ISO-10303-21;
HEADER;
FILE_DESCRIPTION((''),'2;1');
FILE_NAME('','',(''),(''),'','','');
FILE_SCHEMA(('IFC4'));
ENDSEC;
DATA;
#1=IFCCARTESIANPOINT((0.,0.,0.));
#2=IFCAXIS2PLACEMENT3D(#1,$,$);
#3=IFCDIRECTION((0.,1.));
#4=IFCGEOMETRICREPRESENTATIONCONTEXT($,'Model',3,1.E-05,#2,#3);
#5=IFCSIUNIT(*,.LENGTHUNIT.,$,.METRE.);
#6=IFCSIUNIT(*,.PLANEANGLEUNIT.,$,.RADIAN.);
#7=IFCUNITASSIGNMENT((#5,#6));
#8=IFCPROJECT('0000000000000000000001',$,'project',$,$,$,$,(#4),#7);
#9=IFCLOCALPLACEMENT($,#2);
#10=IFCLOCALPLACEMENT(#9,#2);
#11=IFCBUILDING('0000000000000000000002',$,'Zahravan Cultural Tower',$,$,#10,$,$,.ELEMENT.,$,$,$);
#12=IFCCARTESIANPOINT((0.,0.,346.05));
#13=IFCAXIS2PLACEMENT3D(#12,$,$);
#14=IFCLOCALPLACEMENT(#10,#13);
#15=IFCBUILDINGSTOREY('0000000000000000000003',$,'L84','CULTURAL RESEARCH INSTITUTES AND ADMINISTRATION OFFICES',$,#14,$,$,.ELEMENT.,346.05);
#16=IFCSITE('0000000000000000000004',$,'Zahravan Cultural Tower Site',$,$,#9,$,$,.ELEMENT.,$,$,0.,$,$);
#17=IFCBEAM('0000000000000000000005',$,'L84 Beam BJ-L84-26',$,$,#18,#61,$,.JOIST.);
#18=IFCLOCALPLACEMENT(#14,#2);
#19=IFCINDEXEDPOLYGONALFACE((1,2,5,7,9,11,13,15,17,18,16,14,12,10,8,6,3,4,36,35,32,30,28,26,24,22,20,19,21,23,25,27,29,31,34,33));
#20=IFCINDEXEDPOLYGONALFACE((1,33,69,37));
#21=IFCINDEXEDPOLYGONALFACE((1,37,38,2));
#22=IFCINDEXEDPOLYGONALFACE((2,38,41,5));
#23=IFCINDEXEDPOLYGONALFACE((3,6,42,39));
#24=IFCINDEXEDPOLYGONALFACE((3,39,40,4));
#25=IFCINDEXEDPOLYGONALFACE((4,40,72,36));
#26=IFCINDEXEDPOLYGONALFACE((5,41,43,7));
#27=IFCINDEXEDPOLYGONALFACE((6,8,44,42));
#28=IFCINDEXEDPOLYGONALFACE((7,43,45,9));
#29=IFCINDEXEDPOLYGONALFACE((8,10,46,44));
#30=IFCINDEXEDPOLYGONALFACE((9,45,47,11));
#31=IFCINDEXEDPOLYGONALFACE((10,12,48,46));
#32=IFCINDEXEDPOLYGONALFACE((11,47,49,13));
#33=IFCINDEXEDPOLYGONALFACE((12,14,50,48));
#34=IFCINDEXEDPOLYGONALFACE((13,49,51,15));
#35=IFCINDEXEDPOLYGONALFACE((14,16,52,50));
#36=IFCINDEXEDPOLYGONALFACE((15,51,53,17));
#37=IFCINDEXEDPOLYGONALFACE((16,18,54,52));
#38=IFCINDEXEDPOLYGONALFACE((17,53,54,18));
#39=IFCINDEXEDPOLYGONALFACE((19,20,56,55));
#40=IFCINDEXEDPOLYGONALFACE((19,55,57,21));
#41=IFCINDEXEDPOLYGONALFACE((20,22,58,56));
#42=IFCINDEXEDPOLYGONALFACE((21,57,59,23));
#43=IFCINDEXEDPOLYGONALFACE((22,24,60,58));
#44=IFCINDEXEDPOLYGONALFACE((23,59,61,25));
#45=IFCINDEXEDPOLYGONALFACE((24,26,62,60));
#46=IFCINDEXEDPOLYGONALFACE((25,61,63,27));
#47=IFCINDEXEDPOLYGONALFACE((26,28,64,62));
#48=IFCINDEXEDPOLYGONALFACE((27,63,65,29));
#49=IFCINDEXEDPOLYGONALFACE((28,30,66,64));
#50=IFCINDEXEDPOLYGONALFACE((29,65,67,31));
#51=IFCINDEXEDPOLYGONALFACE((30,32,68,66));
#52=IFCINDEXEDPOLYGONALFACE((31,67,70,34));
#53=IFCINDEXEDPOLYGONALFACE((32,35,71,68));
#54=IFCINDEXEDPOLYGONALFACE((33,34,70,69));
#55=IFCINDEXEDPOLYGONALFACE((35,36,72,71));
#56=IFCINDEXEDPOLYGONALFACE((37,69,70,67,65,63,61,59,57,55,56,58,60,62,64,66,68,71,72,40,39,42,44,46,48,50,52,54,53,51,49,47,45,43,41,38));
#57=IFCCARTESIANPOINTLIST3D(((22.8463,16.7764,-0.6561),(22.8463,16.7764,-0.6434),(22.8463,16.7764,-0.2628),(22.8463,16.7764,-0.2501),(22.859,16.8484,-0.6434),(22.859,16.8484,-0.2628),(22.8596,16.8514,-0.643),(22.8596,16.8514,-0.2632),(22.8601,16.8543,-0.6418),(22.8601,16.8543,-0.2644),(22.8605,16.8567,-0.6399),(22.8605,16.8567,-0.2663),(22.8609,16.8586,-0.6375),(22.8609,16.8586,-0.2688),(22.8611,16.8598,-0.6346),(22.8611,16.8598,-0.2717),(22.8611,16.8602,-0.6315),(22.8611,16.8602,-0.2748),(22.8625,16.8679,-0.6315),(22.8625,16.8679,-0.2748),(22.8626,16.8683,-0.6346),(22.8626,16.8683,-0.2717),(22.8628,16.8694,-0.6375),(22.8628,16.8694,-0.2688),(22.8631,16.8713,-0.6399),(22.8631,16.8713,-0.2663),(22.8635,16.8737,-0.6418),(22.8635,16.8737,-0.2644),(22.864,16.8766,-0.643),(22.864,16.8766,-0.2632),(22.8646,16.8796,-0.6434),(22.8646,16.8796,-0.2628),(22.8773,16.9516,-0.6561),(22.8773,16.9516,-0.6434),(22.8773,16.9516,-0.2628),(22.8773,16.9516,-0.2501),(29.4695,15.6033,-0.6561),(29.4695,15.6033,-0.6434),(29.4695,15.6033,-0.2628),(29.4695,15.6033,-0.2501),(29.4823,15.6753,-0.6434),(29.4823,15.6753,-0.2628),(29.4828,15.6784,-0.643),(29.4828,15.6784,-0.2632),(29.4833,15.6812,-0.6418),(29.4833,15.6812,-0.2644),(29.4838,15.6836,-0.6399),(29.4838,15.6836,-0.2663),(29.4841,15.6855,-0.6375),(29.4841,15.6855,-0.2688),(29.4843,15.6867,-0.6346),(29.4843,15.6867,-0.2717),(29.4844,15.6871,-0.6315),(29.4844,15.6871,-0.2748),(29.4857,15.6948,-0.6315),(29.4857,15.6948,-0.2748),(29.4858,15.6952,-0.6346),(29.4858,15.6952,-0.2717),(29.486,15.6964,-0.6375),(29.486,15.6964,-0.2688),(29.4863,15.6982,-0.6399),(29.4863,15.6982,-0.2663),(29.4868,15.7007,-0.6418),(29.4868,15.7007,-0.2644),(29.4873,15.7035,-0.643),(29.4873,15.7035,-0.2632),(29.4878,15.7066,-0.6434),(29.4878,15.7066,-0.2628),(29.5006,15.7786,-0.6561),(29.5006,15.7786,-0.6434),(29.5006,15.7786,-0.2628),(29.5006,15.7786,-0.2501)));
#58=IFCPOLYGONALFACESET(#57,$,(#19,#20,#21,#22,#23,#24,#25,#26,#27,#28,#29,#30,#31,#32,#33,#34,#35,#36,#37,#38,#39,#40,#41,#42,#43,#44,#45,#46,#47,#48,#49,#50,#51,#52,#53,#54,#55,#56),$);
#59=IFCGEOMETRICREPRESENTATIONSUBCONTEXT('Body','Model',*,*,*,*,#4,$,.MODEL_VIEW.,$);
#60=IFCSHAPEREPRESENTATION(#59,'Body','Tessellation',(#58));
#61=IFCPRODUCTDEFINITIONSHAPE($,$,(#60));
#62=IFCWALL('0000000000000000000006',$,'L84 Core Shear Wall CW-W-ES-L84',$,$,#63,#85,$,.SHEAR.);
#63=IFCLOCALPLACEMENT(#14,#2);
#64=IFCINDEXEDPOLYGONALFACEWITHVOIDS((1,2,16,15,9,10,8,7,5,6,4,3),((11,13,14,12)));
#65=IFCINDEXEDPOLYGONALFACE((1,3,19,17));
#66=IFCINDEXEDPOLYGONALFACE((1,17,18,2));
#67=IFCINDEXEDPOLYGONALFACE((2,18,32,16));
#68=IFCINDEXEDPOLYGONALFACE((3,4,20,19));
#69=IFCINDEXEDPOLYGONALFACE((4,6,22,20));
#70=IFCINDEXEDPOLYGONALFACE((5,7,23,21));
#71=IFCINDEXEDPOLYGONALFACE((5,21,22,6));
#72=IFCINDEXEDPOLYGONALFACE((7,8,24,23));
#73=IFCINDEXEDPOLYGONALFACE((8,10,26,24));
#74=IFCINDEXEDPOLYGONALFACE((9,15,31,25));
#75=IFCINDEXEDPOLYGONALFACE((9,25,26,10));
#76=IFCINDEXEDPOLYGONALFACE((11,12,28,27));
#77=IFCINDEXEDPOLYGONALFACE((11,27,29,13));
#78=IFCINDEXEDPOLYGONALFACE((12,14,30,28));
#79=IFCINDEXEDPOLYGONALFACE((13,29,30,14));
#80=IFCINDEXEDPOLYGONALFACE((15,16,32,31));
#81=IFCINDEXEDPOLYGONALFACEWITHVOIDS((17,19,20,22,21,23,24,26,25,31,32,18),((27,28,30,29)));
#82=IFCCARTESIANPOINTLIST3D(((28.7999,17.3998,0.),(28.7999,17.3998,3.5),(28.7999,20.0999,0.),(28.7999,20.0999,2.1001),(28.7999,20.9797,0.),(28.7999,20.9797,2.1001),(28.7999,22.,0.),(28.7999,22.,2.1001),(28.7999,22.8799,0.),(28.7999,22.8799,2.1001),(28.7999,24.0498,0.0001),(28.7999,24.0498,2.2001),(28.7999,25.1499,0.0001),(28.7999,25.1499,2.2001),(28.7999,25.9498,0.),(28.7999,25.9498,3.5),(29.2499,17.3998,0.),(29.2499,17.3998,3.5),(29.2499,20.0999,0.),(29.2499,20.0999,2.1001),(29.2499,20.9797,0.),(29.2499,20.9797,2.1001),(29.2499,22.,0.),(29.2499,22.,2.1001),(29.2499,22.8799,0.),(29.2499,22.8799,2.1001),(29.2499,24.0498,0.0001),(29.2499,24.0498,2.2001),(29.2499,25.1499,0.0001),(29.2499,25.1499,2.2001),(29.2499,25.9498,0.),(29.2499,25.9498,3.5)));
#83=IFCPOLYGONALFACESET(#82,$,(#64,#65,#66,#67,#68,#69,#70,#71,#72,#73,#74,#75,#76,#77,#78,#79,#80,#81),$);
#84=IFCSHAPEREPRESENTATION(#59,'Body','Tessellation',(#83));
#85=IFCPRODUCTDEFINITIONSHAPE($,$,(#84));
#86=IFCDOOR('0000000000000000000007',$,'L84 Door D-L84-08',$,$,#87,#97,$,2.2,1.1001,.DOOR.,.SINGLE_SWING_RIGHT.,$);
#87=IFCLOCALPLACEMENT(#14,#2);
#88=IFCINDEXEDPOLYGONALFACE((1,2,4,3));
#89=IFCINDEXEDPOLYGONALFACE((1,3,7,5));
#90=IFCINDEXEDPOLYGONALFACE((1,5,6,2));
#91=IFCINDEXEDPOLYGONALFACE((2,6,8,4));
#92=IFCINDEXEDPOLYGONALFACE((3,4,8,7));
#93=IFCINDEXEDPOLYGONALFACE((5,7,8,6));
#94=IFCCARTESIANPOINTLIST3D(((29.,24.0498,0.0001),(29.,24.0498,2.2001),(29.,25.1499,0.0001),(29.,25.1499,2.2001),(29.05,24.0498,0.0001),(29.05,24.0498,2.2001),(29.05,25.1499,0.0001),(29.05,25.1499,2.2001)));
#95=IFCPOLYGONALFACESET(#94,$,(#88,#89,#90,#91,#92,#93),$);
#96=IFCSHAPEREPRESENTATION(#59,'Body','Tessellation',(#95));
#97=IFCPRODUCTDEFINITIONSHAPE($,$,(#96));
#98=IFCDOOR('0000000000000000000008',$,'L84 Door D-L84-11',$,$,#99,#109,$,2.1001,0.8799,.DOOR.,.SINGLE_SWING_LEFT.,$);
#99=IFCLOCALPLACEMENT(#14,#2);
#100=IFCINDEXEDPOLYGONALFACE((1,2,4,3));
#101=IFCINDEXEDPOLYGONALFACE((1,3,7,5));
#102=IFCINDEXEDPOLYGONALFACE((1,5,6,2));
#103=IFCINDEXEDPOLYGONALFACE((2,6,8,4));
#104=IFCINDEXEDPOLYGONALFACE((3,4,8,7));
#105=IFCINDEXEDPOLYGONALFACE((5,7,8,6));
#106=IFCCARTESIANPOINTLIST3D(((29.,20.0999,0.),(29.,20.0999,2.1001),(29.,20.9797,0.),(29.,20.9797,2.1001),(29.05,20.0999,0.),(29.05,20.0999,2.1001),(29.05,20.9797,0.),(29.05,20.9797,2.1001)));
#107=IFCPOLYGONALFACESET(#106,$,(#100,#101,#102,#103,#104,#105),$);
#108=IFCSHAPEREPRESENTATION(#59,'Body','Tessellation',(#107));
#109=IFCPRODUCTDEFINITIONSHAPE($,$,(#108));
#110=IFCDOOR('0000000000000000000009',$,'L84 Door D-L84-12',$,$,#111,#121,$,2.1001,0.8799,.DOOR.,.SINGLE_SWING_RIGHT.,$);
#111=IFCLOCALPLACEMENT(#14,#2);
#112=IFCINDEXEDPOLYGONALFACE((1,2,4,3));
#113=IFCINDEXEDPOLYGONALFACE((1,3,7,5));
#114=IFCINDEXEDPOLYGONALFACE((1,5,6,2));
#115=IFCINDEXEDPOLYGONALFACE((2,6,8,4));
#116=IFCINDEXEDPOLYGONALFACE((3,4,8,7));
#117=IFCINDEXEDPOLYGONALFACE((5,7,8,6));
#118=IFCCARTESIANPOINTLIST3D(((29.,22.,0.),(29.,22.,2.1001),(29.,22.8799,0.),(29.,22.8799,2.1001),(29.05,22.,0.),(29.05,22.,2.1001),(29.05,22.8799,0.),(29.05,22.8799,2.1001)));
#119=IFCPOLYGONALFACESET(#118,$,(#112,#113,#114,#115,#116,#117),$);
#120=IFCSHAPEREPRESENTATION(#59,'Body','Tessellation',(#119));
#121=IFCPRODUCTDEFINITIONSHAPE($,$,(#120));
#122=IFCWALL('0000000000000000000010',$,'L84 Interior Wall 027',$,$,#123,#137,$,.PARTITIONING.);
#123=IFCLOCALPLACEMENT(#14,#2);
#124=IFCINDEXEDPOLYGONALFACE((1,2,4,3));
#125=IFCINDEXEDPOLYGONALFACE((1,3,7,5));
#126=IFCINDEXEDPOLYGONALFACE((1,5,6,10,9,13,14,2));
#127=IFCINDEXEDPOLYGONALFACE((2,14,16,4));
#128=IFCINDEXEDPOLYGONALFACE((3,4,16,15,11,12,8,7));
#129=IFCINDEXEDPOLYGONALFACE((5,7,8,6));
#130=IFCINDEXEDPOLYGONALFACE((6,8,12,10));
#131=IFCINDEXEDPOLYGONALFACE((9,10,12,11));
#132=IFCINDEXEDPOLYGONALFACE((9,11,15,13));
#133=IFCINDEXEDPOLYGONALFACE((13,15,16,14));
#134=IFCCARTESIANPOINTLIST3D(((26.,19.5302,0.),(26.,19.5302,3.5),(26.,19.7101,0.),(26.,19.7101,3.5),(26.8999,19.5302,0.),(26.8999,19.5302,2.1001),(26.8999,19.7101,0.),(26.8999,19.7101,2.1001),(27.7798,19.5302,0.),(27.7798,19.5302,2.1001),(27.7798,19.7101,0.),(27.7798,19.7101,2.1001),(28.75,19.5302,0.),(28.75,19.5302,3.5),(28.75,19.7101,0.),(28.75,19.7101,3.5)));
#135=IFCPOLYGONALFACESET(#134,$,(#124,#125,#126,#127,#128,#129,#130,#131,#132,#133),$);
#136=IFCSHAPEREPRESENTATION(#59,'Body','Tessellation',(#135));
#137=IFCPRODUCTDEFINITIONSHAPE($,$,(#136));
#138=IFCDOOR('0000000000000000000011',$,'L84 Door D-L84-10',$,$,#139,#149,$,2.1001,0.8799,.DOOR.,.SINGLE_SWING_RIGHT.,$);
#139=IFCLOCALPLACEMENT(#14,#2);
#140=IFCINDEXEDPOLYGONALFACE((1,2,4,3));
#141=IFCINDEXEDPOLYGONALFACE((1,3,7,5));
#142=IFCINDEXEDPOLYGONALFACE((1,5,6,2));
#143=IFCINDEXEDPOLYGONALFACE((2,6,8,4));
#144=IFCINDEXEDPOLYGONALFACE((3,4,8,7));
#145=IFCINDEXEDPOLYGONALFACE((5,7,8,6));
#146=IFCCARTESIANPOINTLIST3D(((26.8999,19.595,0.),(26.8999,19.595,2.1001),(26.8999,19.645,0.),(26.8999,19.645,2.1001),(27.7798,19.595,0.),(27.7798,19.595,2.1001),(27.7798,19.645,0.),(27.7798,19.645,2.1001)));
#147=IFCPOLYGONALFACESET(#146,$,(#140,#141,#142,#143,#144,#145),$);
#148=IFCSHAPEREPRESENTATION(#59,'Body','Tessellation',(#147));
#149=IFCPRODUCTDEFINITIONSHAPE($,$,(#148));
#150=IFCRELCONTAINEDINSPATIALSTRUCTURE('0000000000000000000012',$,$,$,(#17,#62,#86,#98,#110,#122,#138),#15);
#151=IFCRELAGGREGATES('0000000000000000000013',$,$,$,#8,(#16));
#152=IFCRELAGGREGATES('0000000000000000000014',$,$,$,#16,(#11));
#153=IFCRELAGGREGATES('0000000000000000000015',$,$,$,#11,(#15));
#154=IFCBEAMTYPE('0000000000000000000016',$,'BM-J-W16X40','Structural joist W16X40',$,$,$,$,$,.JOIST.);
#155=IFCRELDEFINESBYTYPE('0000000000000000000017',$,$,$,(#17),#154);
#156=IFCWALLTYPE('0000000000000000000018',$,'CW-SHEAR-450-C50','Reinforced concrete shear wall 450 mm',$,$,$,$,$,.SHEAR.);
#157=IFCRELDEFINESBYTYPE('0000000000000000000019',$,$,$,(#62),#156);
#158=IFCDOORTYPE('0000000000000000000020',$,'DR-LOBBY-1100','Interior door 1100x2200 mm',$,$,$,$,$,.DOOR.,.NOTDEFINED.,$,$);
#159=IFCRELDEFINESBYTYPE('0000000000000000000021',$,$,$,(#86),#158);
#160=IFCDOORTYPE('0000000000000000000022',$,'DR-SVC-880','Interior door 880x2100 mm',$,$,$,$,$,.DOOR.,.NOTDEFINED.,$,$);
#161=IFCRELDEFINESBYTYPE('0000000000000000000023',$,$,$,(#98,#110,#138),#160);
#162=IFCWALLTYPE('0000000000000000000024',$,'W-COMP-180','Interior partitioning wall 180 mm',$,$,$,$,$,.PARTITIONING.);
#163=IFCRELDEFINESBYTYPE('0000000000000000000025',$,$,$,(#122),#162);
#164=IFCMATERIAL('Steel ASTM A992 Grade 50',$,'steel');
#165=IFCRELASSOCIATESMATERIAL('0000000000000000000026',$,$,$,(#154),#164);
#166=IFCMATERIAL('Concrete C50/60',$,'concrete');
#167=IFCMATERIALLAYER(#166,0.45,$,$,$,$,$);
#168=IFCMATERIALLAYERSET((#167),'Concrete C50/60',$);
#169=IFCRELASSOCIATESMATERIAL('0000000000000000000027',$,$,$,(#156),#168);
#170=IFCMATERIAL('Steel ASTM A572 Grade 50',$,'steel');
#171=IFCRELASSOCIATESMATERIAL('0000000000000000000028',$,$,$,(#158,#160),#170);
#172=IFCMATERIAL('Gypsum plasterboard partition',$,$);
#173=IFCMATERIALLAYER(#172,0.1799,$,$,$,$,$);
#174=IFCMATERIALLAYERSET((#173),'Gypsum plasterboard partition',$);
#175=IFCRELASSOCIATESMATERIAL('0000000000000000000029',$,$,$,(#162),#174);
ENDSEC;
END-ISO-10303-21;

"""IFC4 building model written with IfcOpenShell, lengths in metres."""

from ifc_helpers import new_model, si_unit, direction, frame, frame_2d, origin, origin_2d, place, context, subcontext, project, spatial, rectangle, i_section, extrude, source, transform, mapped, material, layer, layer_set, material_profile, profile_set, type_object, element, fill, save


model = new_model("IFC4")

# Units and contexts
model_context = context("Model", 3, precision=1e-05, world=origin(), true_north=direction((0.0, 1.0)))
body_context = subcontext(model_context, "Body", "Model", "MODEL_VIEW")
ifc_project = project(units=[si_unit("LENGTHUNIT", "METRE"), si_unit("PLANEANGLEUNIT", "RADIAN")], contexts=[model_context])

# Site, building, storey
site_placement = place(None, origin())
site = spatial("IfcSite", under=ifc_project, at=site_placement, Name="Zahravan Cultural Tower Site", CompositionType="ELEMENT", RefElevation=0.0)
building_placement = place(site_placement, origin())
building = spatial("IfcBuilding", under=site, at=building_placement, Name="Zahravan Cultural Tower", CompositionType="ELEMENT")
storey_placement = place(building_placement, frame((0.0, 0.0, 346.05)))
storey = spatial("IfcBuildingStorey", under=building, at=storey_placement, Name="L84", Description="CULTURAL RESEARCH INSTITUTES AND ADMINISTRATION OFFICES", CompositionType="ELEMENT", Elevation=346.05)

# Shared definitions
ifc_material_1 = material(Name="Concrete C50/60", Category="concrete")

# Beam
ifc_material_2 = material(Name="Steel ASTM A992 Grade 50", Category="steel")
ifc_material_profile_1 = material_profile(ifc_material_2, i_section(OverallWidth=0.178, OverallDepth=0.406, WebThickness=0.0078, FlangeThickness=0.0127, FilletRadius=0.012, at=origin_2d()), Name="W16X40")
ifc_profile_set_1 = profile_set([ifc_material_profile_1], Name="Steel ASTM A992 Grade 50")
beam_type_1 = type_object("IfcBeamType", Name="BM-J-W16X40", Description="Structural joist W16X40", PredefinedType="JOIST", material=ifc_profile_set_1)
shared_shape_1 = source(origin(), body_context, "Body", "SweptSolid", [
    extrude(i_section(OverallWidth=0.178, OverallDepth=0.406, WebThickness=0.0078, FlangeThickness=0.0127, FilletRadius=0.012, at=origin_2d()), origin(), (0.0, 0.0, 1.0), 6.7263),
])
beam_1_placement = place(storey_placement, frame((22.8618, 16.864, -0.4531), z_axis=(0.984674, -0.174402, 0.0), x_axis=(0.174402, 0.984674, 0.0)))
element("IfcBeam", 1, at=beam_1_placement, inside=storey, type_object=beam_type_1, Name="L84 Beam BJ-L84-26", PredefinedType="JOIST", context=body_context, shape_type="MappedRepresentation", body=[
    mapped(shared_shape_1, transform((0.0, 0.0, 0.0), x_axis=(1.0, 0.0, 0.0), y_axis=(0.0, 1.0, 0.0), z_axis=(0.0, 0.0, 1.0), scale=1.0)),
])

# Wall, openings, doors
ifc_layer_1 = layer(ifc_material_1, 0.45)
ifc_layer_set_1 = layer_set([ifc_layer_1], Name="Concrete C50/60")
wall_type_1 = type_object("IfcWallType", Name="CW-SHEAR-450-C50", Description="Reinforced concrete shear wall 450 mm", PredefinedType="SHEAR", material=ifc_layer_set_1)
wall_1_placement = place(storey_placement, frame((29.0249, 17.3999, 0.0), z_axis=(0.0, 0.0, 1.0), x_axis=(0.0, 1.0, 0.0)))
wall_1 = element("IfcWall", 2, at=wall_1_placement, inside=storey, type_object=wall_type_1, Name="L84 Core Shear Wall CW-W-ES-L84", PredefinedType="SHEAR", context=body_context, shape_type="SweptSolid", body=[
    extrude(rectangle(XDim=8.55, YDim=0.45, at=frame_2d((4.2749, 0.0))), origin(), (0.0, 0.0, 1.0), 3.5),
])
opening_1_placement = place(wall_1_placement, frame((6.6499, 0.0, 0.0)))
opening_1 = element("IfcOpeningElement", 3, at=opening_1_placement, cuts=wall_1, PredefinedType="OPENING", context=body_context, shape_type="SweptSolid", body=[
    extrude(rectangle(XDim=1.1001, YDim=2.2, at=frame_2d((0.55, 1.1001))), frame((0.0, 0.2349, 0.0), z_axis=(0.0, -1.0, 0.0), x_axis=(1.0, 0.0, 0.0)), (0.0, 0.0, 1.0), 0.47),
])
opening_2_placement = place(wall_1_placement, frame((2.7, 0.0, 0.0)))
opening_2 = element("IfcOpeningElement", 4, at=opening_2_placement, cuts=wall_1, PredefinedType="OPENING", context=body_context, shape_type="SweptSolid", body=[
    extrude(rectangle(XDim=0.8799, YDim=2.1001, at=frame_2d((0.4399, 1.05))), frame((0.0, 0.2349, 0.0), z_axis=(0.0, -1.0, 0.0), x_axis=(1.0, 0.0, 0.0)), (0.0, 0.0, 1.0), 0.47),
])
opening_3_placement = place(wall_1_placement, frame((4.6001, 0.0, 0.0)))
opening_3 = element("IfcOpeningElement", 5, at=opening_3_placement, cuts=wall_1, PredefinedType="OPENING", context=body_context, shape_type="SweptSolid", body=[
    extrude(rectangle(XDim=0.8799, YDim=2.1001, at=frame_2d((0.4399, 1.05))), frame((0.0, 0.2349, 0.0), z_axis=(0.0, -1.0, 0.0), x_axis=(1.0, 0.0, 0.0)), (0.0, 0.0, 1.0), 0.47),
])
ifc_material_3 = material(Name="Steel ASTM A572 Grade 50", Category="steel")
door_type_1 = type_object("IfcDoorType", Name="DR-LOBBY-1100", Description="Interior door 1100x2200 mm", OperationType="NOTDEFINED", PredefinedType="DOOR", material=ifc_material_3)
shared_shape_2 = source(origin(), body_context, "Body", "SweptSolid", [
    extrude(rectangle(XDim=1.1001, YDim=2.2, at=frame_2d((0.55, 1.1001))), frame((0.0, 0.0249, 0.0), z_axis=(0.0, -1.0, 0.0), x_axis=(1.0, 0.0, 0.0)), (0.0, 0.0, 1.0), 0.05),
])
door_1_placement = place(opening_1_placement, origin())
door_1 = element("IfcDoor", 6, at=door_1_placement, inside=storey, type_object=door_type_1, Name="L84 Door D-L84-08", OperationType="SINGLE_SWING_RIGHT", OverallHeight=2.2, OverallWidth=1.1001, PredefinedType="DOOR", context=body_context, shape_type="MappedRepresentation", body=[
    mapped(shared_shape_2, transform((0.0, 0.0, 0.0), x_axis=(1.0, 0.0, 0.0), y_axis=(0.0, 1.0, 0.0), z_axis=(0.0, 0.0, 1.0), scale=1.0)),
])
fill(opening_1, door_1)
door_type_2 = type_object("IfcDoorType", Name="DR-SVC-880", Description="Interior door 880x2100 mm", OperationType="NOTDEFINED", PredefinedType="DOOR", material=ifc_material_3)
shared_shape_3 = source(origin(), body_context, "Body", "SweptSolid", [
    extrude(rectangle(XDim=0.8799, YDim=2.1001, at=frame_2d((0.4399, 1.05))), frame((0.0, 0.0249, 0.0), z_axis=(0.0, -1.0, 0.0), x_axis=(1.0, 0.0, 0.0)), (0.0, 0.0, 1.0), 0.05),
])
door_2_placement = place(opening_2_placement, origin())
door_2 = element("IfcDoor", 7, at=door_2_placement, inside=storey, type_object=door_type_2, Name="L84 Door D-L84-11", OperationType="SINGLE_SWING_LEFT", OverallHeight=2.1001, OverallWidth=0.8799, PredefinedType="DOOR", context=body_context, shape_type="MappedRepresentation", body=[
    mapped(shared_shape_3, transform((0.0, 0.0, 0.0), x_axis=(1.0, 0.0, 0.0), y_axis=(0.0, 1.0, 0.0), z_axis=(0.0, 0.0, 1.0), scale=1.0)),
])
fill(opening_2, door_2)
door_3_placement = place(opening_3_placement, origin())
door_3 = element("IfcDoor", 8, at=door_3_placement, inside=storey, type_object=door_type_2, Name="L84 Door D-L84-12", OperationType="SINGLE_SWING_RIGHT", OverallHeight=2.1001, OverallWidth=0.8799, PredefinedType="DOOR", context=body_context, shape_type="MappedRepresentation", body=[
    mapped(shared_shape_3, transform((0.0, 0.0, 0.0), x_axis=(1.0, 0.0, 0.0), y_axis=(0.0, 1.0, 0.0), z_axis=(0.0, 0.0, 1.0), scale=1.0)),
])
fill(opening_3, door_3)

# Wall, opening, door
ifc_material_4 = material(Name="Gypsum plasterboard partition")
ifc_layer_2 = layer(ifc_material_4, 0.1799)
ifc_layer_set_2 = layer_set([ifc_layer_2], Name="Gypsum plasterboard partition")
wall_type_2 = type_object("IfcWallType", Name="W-COMP-180", Description="Interior partitioning wall 180 mm", PredefinedType="PARTITIONING", material=ifc_layer_set_2)
wall_2_placement = place(storey_placement, frame((26.0, 19.6201, 0.0), z_axis=(0.0, 0.0, 1.0), x_axis=(1.0, 0.0, 0.0)))
wall_2 = element("IfcWall", 9, at=wall_2_placement, inside=storey, type_object=wall_type_2, Name="L84 Interior Wall 027", PredefinedType="PARTITIONING", context=body_context, shape_type="SweptSolid", body=[
    extrude(rectangle(XDim=2.75, YDim=0.1799, at=frame_2d((1.375, 0.0))), origin(), (0.0, 0.0, 1.0), 3.5),
])
opening_4_placement = place(wall_2_placement, frame((0.8999, 0.0, 0.0)))
opening_4 = element("IfcOpeningElement", 10, at=opening_4_placement, cuts=wall_2, PredefinedType="OPENING", context=body_context, shape_type="SweptSolid", body=[
    extrude(rectangle(XDim=0.8799, YDim=2.1001, at=frame_2d((0.4399, 1.05))), frame((0.0, 0.0999, 0.0), z_axis=(0.0, -1.0, 0.0), x_axis=(1.0, 0.0, 0.0)), (0.0, 0.0, 1.0), 0.2),
])
door_4_placement = place(opening_4_placement, origin())
door_4 = element("IfcDoor", 11, at=door_4_placement, inside=storey, type_object=door_type_2, Name="L84 Door D-L84-10", OperationType="SINGLE_SWING_RIGHT", OverallHeight=2.1001, OverallWidth=0.8799, PredefinedType="DOOR", context=body_context, shape_type="MappedRepresentation", body=[
    mapped(shared_shape_3, transform((0.0, 0.0, 0.0), x_axis=(1.0, 0.0, 0.0), y_axis=(0.0, 1.0, 0.0), z_axis=(0.0, 0.0, 1.0), scale=1.0)),
])
fill(opening_4, door_4)

save(model, "model.ifc")
